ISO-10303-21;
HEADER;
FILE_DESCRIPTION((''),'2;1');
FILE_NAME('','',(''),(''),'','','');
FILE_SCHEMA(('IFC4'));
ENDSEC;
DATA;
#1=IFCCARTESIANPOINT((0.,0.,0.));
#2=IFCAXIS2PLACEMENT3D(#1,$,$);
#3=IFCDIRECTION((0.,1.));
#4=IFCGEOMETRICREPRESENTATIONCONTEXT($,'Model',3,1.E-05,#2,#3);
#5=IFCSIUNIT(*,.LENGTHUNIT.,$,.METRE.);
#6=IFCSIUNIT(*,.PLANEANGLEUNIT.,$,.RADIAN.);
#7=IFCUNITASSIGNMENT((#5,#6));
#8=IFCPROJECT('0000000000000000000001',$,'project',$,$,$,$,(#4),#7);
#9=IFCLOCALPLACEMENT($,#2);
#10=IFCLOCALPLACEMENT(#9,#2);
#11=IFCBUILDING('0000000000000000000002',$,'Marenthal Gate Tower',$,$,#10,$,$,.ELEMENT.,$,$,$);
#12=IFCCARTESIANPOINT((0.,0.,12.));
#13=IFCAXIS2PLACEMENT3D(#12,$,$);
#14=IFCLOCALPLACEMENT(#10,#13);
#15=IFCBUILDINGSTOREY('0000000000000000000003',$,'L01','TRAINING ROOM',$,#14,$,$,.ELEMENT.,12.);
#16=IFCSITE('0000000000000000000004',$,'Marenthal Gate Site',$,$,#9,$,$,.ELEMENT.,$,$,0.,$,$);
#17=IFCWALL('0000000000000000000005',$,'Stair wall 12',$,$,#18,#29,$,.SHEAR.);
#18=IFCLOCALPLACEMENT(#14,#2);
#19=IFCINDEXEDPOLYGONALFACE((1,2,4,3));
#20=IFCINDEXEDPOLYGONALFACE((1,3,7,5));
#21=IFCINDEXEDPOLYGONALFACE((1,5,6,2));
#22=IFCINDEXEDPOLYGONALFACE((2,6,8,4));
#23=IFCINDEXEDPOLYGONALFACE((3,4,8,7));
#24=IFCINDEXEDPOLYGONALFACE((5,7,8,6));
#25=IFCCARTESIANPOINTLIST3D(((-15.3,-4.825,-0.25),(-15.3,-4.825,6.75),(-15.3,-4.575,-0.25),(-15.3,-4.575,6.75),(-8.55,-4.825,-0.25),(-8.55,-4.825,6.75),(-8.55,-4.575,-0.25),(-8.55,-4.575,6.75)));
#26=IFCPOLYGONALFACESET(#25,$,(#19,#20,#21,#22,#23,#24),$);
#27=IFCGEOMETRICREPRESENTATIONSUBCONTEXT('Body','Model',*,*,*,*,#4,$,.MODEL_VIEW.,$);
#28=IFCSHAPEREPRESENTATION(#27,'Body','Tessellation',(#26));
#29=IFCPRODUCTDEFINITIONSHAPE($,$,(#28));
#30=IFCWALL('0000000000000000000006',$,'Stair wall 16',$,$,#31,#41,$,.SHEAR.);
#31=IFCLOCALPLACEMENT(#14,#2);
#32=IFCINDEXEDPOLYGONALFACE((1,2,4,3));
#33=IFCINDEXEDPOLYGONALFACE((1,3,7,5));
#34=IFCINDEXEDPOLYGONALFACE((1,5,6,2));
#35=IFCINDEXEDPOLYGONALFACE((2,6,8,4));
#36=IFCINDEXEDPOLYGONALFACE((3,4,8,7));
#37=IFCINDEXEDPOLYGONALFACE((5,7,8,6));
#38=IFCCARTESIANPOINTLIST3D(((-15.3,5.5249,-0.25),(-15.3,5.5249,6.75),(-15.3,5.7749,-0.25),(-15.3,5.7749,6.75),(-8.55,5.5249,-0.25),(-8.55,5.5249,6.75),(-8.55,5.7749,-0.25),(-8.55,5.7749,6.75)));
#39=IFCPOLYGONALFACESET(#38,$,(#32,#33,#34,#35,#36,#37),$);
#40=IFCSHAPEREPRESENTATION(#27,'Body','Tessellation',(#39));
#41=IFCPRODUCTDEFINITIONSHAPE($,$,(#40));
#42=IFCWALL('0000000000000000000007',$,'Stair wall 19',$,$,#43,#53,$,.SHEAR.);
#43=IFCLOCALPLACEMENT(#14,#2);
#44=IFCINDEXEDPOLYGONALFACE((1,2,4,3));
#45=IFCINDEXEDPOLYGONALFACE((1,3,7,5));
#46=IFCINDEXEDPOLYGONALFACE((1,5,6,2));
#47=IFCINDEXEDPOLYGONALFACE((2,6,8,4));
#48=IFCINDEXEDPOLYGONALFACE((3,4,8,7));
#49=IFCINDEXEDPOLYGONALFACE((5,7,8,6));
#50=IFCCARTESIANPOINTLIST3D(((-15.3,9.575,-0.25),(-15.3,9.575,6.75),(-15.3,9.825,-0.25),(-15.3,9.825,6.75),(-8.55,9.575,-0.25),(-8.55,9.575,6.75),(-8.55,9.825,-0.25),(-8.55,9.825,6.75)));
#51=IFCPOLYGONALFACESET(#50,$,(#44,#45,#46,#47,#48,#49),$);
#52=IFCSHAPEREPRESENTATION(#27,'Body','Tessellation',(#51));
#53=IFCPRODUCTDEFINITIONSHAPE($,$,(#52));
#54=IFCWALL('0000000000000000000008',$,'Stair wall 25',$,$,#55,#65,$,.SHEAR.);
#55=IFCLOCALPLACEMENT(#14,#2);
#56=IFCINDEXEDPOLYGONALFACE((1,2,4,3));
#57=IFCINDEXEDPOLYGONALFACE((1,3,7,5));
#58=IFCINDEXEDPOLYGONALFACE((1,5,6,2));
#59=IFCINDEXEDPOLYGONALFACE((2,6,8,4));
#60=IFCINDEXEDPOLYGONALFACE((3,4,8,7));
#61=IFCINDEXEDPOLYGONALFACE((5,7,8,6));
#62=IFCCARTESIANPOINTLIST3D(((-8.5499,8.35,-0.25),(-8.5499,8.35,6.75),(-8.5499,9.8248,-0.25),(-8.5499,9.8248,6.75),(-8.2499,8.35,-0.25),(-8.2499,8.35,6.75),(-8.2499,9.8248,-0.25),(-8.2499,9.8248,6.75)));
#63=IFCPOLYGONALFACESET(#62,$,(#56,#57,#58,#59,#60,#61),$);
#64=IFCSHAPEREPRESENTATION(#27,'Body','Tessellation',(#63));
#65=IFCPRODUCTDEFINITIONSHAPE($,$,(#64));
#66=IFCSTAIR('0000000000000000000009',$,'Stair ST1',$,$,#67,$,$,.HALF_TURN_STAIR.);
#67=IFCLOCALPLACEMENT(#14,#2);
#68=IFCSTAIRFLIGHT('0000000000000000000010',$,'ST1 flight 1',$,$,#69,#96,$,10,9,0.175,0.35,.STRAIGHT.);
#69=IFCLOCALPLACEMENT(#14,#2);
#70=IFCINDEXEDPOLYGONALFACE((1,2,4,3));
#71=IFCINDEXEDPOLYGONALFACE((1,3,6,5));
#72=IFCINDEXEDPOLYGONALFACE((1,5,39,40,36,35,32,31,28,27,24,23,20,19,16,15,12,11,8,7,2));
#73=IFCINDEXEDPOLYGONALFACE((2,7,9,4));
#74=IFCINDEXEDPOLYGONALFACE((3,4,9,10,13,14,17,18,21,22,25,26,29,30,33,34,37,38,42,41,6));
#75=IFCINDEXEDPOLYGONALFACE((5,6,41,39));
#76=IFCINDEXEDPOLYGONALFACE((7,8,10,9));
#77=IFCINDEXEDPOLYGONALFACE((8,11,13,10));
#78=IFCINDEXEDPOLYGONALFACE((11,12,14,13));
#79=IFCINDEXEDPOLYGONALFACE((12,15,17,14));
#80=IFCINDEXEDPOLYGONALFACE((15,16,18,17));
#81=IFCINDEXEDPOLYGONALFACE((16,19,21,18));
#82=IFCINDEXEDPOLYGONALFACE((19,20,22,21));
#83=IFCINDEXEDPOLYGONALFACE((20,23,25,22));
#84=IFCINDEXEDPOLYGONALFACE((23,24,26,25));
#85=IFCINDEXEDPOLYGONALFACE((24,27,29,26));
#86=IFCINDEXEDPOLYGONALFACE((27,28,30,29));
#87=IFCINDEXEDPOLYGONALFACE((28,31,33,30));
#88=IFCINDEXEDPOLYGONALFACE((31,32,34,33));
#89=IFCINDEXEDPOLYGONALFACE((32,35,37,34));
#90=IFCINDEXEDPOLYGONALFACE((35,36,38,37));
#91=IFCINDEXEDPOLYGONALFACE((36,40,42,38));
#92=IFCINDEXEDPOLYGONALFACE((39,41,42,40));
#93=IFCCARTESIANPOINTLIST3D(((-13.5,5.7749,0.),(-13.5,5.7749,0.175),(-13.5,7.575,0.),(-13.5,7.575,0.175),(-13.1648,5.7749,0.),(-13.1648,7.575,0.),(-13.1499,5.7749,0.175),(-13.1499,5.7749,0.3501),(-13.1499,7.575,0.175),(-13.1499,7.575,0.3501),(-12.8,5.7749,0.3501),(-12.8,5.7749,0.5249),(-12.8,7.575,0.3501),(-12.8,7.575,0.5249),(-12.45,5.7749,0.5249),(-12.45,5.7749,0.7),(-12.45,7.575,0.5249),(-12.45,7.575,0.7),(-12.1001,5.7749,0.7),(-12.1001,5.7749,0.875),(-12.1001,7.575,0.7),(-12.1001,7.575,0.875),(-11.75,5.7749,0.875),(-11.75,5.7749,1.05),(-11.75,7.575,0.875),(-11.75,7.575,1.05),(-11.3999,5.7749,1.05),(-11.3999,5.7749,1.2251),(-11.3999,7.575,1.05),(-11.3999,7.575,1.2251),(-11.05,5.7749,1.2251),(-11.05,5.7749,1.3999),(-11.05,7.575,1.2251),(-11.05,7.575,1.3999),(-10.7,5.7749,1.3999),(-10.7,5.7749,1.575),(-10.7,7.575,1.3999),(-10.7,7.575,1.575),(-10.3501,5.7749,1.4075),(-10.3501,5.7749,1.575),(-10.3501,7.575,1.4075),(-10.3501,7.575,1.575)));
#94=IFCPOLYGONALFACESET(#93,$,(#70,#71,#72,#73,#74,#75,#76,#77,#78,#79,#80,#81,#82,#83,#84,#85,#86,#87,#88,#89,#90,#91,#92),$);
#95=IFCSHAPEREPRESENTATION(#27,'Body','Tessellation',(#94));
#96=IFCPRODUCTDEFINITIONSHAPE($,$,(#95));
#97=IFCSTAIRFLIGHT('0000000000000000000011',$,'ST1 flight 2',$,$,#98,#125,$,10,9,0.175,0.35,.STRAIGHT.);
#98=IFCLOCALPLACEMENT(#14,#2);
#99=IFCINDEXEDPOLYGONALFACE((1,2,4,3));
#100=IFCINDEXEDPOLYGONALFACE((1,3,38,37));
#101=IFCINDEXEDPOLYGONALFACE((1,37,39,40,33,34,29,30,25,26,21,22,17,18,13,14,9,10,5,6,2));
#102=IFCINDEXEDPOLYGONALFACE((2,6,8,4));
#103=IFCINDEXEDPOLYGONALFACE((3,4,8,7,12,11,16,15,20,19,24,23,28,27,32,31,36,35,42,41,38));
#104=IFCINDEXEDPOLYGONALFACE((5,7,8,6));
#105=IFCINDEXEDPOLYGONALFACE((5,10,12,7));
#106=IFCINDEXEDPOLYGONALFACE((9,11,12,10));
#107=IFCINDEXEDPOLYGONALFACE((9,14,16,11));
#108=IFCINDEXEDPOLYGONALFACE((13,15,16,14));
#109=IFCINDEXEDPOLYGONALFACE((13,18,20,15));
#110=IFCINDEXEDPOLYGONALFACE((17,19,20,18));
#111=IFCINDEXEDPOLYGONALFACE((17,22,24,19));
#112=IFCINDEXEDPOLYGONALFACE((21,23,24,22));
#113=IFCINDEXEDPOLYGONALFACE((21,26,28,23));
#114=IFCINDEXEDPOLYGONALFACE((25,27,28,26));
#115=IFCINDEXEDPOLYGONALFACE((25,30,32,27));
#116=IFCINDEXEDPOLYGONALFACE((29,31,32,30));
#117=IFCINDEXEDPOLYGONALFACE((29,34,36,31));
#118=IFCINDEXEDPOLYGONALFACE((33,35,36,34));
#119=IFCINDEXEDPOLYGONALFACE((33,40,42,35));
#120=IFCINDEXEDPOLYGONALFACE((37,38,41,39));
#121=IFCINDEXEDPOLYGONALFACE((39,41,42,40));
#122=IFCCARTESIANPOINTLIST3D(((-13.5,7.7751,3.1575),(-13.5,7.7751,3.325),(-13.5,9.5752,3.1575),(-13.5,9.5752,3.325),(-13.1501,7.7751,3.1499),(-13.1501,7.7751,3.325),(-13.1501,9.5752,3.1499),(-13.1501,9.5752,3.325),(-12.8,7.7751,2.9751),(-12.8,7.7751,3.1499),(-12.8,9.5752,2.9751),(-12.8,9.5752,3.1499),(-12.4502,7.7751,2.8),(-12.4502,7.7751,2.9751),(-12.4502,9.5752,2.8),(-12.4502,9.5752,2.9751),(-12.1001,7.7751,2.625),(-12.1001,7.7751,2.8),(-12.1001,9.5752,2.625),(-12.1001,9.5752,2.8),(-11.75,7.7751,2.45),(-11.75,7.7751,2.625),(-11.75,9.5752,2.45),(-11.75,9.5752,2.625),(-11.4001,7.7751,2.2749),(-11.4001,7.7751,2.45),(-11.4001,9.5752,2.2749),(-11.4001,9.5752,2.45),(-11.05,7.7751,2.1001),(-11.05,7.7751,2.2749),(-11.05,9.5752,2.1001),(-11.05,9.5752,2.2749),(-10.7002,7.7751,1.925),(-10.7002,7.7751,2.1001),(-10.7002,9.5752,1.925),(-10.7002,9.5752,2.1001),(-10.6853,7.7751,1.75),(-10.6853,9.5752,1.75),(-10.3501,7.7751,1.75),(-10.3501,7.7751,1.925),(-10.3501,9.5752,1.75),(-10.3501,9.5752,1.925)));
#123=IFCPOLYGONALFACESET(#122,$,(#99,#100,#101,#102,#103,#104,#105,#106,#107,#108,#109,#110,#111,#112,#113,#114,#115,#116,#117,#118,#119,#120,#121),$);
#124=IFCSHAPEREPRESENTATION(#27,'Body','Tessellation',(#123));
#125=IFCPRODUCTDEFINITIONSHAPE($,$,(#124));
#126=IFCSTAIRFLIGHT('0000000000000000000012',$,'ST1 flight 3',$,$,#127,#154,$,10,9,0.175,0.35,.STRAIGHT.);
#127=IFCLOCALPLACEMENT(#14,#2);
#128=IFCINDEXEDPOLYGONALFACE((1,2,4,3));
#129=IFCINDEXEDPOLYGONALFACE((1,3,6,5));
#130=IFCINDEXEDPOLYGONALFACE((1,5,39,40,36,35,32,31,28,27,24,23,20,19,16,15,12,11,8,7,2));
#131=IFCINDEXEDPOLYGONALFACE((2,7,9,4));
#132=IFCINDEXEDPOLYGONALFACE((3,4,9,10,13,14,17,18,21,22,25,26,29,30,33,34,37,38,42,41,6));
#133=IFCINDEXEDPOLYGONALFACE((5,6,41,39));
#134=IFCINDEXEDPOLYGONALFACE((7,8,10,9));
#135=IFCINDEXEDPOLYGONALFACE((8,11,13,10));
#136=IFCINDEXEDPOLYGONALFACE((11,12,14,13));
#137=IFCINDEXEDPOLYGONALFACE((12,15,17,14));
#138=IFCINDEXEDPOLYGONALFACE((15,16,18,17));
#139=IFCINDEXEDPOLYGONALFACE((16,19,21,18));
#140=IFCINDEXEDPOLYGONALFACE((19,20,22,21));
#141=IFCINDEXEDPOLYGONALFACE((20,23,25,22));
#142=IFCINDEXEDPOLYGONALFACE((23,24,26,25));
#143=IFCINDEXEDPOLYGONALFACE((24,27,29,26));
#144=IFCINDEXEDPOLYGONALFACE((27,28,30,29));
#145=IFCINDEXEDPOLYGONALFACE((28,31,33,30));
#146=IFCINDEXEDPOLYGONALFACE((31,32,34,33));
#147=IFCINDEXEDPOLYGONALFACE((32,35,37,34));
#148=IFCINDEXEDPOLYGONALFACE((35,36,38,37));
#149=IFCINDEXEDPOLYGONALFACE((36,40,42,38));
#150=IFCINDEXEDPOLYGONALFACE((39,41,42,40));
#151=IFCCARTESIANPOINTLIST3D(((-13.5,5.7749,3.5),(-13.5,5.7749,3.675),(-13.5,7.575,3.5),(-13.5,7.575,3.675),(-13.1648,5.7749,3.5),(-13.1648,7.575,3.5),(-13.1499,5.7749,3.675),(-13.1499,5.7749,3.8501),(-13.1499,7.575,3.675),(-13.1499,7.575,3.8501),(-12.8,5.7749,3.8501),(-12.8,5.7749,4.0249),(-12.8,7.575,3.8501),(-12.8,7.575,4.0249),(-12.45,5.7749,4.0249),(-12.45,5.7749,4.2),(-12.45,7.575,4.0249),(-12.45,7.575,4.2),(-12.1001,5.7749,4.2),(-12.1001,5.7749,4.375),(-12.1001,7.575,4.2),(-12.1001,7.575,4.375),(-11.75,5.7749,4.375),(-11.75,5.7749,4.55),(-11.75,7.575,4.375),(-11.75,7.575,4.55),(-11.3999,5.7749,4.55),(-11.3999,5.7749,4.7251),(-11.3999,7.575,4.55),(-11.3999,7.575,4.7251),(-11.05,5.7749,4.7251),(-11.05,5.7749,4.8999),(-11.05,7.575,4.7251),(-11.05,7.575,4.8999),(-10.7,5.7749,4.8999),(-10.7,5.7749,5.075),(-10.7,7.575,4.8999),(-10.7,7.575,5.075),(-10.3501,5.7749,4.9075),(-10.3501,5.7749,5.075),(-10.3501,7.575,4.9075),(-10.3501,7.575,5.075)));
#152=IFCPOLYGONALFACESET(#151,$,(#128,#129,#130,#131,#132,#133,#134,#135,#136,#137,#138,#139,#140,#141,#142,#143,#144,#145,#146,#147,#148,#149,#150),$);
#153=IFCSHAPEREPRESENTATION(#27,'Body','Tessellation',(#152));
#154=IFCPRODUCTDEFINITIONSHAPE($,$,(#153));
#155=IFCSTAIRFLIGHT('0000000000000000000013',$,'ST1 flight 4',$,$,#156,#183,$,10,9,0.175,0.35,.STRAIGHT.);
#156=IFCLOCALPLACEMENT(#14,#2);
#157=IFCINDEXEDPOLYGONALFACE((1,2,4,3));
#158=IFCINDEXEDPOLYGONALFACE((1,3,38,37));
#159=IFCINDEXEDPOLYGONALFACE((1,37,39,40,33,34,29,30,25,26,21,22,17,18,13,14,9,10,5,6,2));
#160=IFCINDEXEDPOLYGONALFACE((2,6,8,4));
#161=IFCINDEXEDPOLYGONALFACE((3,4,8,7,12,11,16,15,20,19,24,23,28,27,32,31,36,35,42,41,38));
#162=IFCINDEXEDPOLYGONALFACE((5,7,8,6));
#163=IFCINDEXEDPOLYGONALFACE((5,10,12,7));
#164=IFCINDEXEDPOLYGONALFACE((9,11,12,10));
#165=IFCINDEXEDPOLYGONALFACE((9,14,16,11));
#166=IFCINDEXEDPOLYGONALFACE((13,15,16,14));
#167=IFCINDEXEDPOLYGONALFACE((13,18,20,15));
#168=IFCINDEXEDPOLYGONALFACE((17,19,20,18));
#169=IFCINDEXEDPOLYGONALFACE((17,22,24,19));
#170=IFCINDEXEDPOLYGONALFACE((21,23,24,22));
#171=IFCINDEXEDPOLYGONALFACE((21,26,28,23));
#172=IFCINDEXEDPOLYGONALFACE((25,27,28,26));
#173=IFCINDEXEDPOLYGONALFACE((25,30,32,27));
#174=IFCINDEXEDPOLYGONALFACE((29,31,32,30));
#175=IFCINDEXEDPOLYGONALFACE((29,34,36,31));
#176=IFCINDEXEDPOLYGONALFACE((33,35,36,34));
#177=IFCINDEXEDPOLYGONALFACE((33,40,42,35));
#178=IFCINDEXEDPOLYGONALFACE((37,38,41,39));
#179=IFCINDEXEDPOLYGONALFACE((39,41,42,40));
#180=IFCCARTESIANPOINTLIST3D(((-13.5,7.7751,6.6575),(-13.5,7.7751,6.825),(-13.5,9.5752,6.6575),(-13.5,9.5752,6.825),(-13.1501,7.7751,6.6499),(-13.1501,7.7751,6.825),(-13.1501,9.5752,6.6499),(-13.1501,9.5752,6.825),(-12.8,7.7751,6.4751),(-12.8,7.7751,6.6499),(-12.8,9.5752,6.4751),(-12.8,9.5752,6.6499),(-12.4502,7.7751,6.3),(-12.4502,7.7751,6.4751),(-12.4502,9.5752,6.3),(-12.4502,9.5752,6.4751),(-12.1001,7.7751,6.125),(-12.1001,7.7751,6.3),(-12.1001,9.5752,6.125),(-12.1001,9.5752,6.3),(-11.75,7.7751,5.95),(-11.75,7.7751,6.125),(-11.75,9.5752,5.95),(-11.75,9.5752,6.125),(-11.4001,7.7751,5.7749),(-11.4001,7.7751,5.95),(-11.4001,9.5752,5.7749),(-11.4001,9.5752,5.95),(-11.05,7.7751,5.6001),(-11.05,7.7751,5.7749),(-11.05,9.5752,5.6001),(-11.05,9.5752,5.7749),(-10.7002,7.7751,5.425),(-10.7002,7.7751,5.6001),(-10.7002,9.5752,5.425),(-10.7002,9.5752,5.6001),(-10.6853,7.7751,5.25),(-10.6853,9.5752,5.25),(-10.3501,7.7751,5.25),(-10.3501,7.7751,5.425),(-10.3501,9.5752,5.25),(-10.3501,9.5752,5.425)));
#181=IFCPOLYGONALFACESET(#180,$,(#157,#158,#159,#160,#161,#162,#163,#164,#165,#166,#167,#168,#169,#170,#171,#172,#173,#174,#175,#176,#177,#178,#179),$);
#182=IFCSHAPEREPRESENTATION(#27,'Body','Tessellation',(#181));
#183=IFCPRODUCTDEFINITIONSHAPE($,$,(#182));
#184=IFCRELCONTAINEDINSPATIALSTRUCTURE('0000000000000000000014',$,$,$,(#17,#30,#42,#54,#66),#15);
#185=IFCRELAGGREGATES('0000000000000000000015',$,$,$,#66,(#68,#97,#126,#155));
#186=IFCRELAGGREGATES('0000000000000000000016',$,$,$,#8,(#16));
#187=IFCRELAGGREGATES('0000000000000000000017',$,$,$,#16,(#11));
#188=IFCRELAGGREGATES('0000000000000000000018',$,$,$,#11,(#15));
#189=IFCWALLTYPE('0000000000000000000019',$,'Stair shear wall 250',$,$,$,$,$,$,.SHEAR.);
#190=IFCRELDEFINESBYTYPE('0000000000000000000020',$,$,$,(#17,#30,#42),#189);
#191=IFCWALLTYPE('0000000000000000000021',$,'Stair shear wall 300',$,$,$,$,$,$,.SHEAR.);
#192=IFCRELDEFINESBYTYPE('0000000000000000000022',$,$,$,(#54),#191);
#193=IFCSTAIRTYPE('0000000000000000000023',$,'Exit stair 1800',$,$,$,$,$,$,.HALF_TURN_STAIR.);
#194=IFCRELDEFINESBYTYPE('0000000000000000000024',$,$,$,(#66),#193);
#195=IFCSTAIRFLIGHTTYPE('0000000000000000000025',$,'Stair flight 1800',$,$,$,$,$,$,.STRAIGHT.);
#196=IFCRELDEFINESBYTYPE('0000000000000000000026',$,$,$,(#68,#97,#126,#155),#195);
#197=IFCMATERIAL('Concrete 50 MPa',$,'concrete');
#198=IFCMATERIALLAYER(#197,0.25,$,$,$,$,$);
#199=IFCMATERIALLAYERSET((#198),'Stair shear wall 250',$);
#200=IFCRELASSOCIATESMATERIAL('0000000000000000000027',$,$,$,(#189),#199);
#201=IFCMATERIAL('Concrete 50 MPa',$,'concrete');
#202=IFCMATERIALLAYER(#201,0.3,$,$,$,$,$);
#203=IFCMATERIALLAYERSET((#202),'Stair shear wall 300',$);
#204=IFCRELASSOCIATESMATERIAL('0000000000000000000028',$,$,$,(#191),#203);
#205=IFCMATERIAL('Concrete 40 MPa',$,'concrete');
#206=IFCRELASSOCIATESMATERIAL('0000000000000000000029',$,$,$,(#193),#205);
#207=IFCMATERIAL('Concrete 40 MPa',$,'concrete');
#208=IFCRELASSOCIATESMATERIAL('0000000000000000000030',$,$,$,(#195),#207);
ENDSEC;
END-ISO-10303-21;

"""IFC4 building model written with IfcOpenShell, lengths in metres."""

from ifc_helpers import new_model, si_unit, direction, frame, frame_2d, origin, place, context, subcontext, project, spatial, polyline, rectangle, outline, extrude, material, layer, layer_set, type_object, element, aggregate, save


model = new_model("IFC4")

# Units and contexts
model_context = context("Model", 3, precision=1e-05, world=origin(), true_north=direction((0.0, 1.0)))
body_context = subcontext(model_context, "Body", "Model", "MODEL_VIEW")
ifc_project = project(units=[si_unit("LENGTHUNIT", "METRE"), si_unit("PLANEANGLEUNIT", "RADIAN")], contexts=[model_context])

# Site, building, storey
site_placement = place(None, origin())
site = spatial("IfcSite", under=ifc_project, at=site_placement, Name="Marenthal Gate Site", CompositionType="ELEMENT", RefElevation=0.0)
building_placement = place(site_placement, origin())
building = spatial("IfcBuilding", under=site, at=building_placement, Name="Marenthal Gate Tower", CompositionType="ELEMENT")
storey_placement = place(building_placement, frame((0.0, 0.0, 12.0)))
storey = spatial("IfcBuildingStorey", under=building, at=storey_placement, Name="L01", Description="TRAINING ROOM", CompositionType="ELEMENT", Elevation=12.0)

# Walls
ifc_material_1 = material(Name="Concrete 50 MPa", Category="concrete")
ifc_layer_1 = layer(ifc_material_1, 0.25)
ifc_layer_set_1 = layer_set([ifc_layer_1], Name="Stair shear wall 250")
wall_type_1 = type_object("IfcWallType", Name="Stair shear wall 250", PredefinedType="SHEAR", material=ifc_layer_set_1)
for number, where, z_axis, x_axis, name in (
    (1, (-15.3, -4.7, -0.25), (0.0, 0.0, 1.0), (1.0, 0.0, 0.0), "Stair wall 12"),
    (2, (-15.3, 5.6499, -0.25), (0.0, 0.0, 1.0), (1.0, 0.0, 0.0), "Stair wall 16"),
    (3, (-15.3, 9.7, -0.25), (0.0, 0.0, 1.0), (1.0, 0.0, 0.0), "Stair wall 19"),
):
    element("IfcWall", number, at=place(storey_placement, frame(where, z_axis=z_axis, x_axis=x_axis)), inside=storey, type_object=wall_type_1, Name=name, PredefinedType="SHEAR", context=body_context, shape_type="SweptSolid", body=[
        extrude(rectangle(XDim=6.75, YDim=0.25, at=frame_2d((3.375, 0.0))), origin(), (0.0, 0.0, 1.0), 7.0),
    ])
ifc_material_2 = material(Name="Concrete 50 MPa", Category="concrete")
ifc_layer_2 = layer(ifc_material_2, 0.3)
ifc_layer_set_2 = layer_set([ifc_layer_2], Name="Stair shear wall 300")
wall_type_2 = type_object("IfcWallType", Name="Stair shear wall 300", PredefinedType="SHEAR", material=ifc_layer_set_2)
wall_1_placement = place(storey_placement, frame((-8.3999, 8.3501, -0.25), z_axis=(0.0, 0.0, 1.0), x_axis=(0.0, 1.0, 0.0)))
element("IfcWall", 4, at=wall_1_placement, inside=storey, type_object=wall_type_2, Name="Stair wall 25", PredefinedType="SHEAR", context=body_context, shape_type="SweptSolid", body=[
    extrude(rectangle(XDim=1.4749, YDim=0.3, at=frame_2d((0.7373, 0.0))), origin(), (0.0, 0.0, 1.0), 7.0),
])

# Stair, stair flights
ifc_material_3 = material(Name="Concrete 40 MPa", Category="concrete")
stair_type = type_object("IfcStairType", Name="Exit stair 1800", PredefinedType="HALF_TURN_STAIR", material=ifc_material_3)
stair_placement = place(storey_placement, origin())
stair = element("IfcStair", 5, at=stair_placement, inside=storey, type_object=stair_type, Name="Stair ST1", PredefinedType="HALF_TURN_STAIR")
ifc_material_4 = material(Name="Concrete 40 MPa", Category="concrete")
stair_flight_type = type_object("IfcStairFlightType", Name="Stair flight 1800", PredefinedType="STRAIGHT", material=ifc_material_4)
stair_flight_1_placement = place(storey_placement, frame((-13.5, 6.675, 0.0), z_axis=(0.0, 0.0, 1.0), x_axis=(1.0, 0.0, 0.0)))
stair_flight_1 = element("IfcStairFlight", 6, at=stair_flight_1_placement, type_object=stair_flight_type, Name="ST1 flight 1", NumberOfRisers=10, NumberOfTreads=9, PredefinedType="STRAIGHT", RiserHeight=0.175, TreadLength=0.35, context=body_context, shape_type="SweptSolid", body=[
    extrude(outline(polyline([(0.0, 0.0), (0.0, 0.175), (0.3501, 0.175), (0.3501, 0.3501), (0.7, 0.3501), (0.7, 0.5249), (1.05, 0.5249), (1.05, 0.7), (1.3999, 0.7), (1.3999, 0.875), (1.75, 0.875), (1.75, 1.05), (2.1001, 1.05), (2.1001, 1.2251), (2.45, 1.2251), (2.45, 1.3999), (2.8, 1.3999), (2.8, 1.575), (3.1499, 1.575), (3.1499, 1.75), (3.1499, 1.4075), (0.3352, 0.0), (0.0, 0.0)])), frame((0.0, 0.8999, 0.0), z_axis=(0.0, -1.0, 0.0), x_axis=(1.0, 0.0, 0.0)), (0.0, 0.0, 1.0), 1.8),
])
stair_flight_2_placement = place(storey_placement, frame((-10.3501, 8.675, 1.75), z_axis=(0.0, 0.0, 1.0), x_axis=(-1.0, 0.0, 0.0)))
stair_flight_2 = element("IfcStairFlight", 7, at=stair_flight_2_placement, type_object=stair_flight_type, Name="ST1 flight 2", NumberOfRisers=10, NumberOfTreads=9, PredefinedType="STRAIGHT", RiserHeight=0.175, TreadLength=0.35, context=body_context, shape_type="SweptSolid", body=[
    extrude(outline(polyline([(0.0, 0.0), (0.0, 0.175), (0.3501, 0.175), (0.3501, 0.3501), (0.7, 0.3501), (0.7, 0.5249), (1.05, 0.5249), (1.05, 0.7), (1.3999, 0.7), (1.3999, 0.875), (1.75, 0.875), (1.75, 1.05), (2.1001, 1.05), (2.1001, 1.2251), (2.45, 1.2251), (2.45, 1.3999), (2.8, 1.3999), (2.8, 1.575), (3.1499, 1.575), (3.1499, 1.75), (3.1499, 1.4075), (0.3352, 0.0), (0.0, 0.0)])), frame((0.0, 0.8999, 0.0), z_axis=(0.0, -1.0, 0.0), x_axis=(1.0, 0.0, 0.0)), (0.0, 0.0, 1.0), 1.8),
])
stair_flight_3_placement = place(storey_placement, frame((-13.5, 6.675, 3.5), z_axis=(0.0, 0.0, 1.0), x_axis=(1.0, 0.0, 0.0)))
stair_flight_3 = element("IfcStairFlight", 8, at=stair_flight_3_placement, type_object=stair_flight_type, Name="ST1 flight 3", NumberOfRisers=10, NumberOfTreads=9, PredefinedType="STRAIGHT", RiserHeight=0.175, TreadLength=0.35, context=body_context, shape_type="SweptSolid", body=[
    extrude(outline(polyline([(0.0, 0.0), (0.0, 0.175), (0.3501, 0.175), (0.3501, 0.3501), (0.7, 0.3501), (0.7, 0.5249), (1.05, 0.5249), (1.05, 0.7), (1.3999, 0.7), (1.3999, 0.875), (1.75, 0.875), (1.75, 1.05), (2.1001, 1.05), (2.1001, 1.2251), (2.45, 1.2251), (2.45, 1.3999), (2.8, 1.3999), (2.8, 1.575), (3.1499, 1.575), (3.1499, 1.75), (3.1499, 1.4075), (0.3352, 0.0), (0.0, 0.0)])), frame((0.0, 0.8999, 0.0), z_axis=(0.0, -1.0, 0.0), x_axis=(1.0, 0.0, 0.0)), (0.0, 0.0, 1.0), 1.8),
])
stair_flight_4_placement = place(storey_placement, frame((-10.3501, 8.675, 5.25), z_axis=(0.0, 0.0, 1.0), x_axis=(-1.0, 0.0, 0.0)))
stair_flight_4 = element("IfcStairFlight", 9, at=stair_flight_4_placement, type_object=stair_flight_type, Name="ST1 flight 4", NumberOfRisers=10, NumberOfTreads=9, PredefinedType="STRAIGHT", RiserHeight=0.175, TreadLength=0.35, context=body_context, shape_type="SweptSolid", body=[
    extrude(outline(polyline([(0.0, 0.0), (0.0, 0.175), (0.3501, 0.175), (0.3501, 0.3501), (0.7, 0.3501), (0.7, 0.5249), (1.05, 0.5249), (1.05, 0.7), (1.3999, 0.7), (1.3999, 0.875), (1.75, 0.875), (1.75, 1.05), (2.1001, 1.05), (2.1001, 1.2251), (2.45, 1.2251), (2.45, 1.3999), (2.8, 1.3999), (2.8, 1.575), (3.1499, 1.575), (3.1499, 1.75), (3.1499, 1.4075), (0.3352, 0.0), (0.0, 0.0)])), frame((0.0, 0.8999, 0.0), z_axis=(0.0, -1.0, 0.0), x_axis=(1.0, 0.0, 0.0)), (0.0, 0.0, 1.0), 1.8),
])
aggregate(stair, [stair_flight_1, stair_flight_2, stair_flight_3, stair_flight_4])

save(model, "model.ifc")
